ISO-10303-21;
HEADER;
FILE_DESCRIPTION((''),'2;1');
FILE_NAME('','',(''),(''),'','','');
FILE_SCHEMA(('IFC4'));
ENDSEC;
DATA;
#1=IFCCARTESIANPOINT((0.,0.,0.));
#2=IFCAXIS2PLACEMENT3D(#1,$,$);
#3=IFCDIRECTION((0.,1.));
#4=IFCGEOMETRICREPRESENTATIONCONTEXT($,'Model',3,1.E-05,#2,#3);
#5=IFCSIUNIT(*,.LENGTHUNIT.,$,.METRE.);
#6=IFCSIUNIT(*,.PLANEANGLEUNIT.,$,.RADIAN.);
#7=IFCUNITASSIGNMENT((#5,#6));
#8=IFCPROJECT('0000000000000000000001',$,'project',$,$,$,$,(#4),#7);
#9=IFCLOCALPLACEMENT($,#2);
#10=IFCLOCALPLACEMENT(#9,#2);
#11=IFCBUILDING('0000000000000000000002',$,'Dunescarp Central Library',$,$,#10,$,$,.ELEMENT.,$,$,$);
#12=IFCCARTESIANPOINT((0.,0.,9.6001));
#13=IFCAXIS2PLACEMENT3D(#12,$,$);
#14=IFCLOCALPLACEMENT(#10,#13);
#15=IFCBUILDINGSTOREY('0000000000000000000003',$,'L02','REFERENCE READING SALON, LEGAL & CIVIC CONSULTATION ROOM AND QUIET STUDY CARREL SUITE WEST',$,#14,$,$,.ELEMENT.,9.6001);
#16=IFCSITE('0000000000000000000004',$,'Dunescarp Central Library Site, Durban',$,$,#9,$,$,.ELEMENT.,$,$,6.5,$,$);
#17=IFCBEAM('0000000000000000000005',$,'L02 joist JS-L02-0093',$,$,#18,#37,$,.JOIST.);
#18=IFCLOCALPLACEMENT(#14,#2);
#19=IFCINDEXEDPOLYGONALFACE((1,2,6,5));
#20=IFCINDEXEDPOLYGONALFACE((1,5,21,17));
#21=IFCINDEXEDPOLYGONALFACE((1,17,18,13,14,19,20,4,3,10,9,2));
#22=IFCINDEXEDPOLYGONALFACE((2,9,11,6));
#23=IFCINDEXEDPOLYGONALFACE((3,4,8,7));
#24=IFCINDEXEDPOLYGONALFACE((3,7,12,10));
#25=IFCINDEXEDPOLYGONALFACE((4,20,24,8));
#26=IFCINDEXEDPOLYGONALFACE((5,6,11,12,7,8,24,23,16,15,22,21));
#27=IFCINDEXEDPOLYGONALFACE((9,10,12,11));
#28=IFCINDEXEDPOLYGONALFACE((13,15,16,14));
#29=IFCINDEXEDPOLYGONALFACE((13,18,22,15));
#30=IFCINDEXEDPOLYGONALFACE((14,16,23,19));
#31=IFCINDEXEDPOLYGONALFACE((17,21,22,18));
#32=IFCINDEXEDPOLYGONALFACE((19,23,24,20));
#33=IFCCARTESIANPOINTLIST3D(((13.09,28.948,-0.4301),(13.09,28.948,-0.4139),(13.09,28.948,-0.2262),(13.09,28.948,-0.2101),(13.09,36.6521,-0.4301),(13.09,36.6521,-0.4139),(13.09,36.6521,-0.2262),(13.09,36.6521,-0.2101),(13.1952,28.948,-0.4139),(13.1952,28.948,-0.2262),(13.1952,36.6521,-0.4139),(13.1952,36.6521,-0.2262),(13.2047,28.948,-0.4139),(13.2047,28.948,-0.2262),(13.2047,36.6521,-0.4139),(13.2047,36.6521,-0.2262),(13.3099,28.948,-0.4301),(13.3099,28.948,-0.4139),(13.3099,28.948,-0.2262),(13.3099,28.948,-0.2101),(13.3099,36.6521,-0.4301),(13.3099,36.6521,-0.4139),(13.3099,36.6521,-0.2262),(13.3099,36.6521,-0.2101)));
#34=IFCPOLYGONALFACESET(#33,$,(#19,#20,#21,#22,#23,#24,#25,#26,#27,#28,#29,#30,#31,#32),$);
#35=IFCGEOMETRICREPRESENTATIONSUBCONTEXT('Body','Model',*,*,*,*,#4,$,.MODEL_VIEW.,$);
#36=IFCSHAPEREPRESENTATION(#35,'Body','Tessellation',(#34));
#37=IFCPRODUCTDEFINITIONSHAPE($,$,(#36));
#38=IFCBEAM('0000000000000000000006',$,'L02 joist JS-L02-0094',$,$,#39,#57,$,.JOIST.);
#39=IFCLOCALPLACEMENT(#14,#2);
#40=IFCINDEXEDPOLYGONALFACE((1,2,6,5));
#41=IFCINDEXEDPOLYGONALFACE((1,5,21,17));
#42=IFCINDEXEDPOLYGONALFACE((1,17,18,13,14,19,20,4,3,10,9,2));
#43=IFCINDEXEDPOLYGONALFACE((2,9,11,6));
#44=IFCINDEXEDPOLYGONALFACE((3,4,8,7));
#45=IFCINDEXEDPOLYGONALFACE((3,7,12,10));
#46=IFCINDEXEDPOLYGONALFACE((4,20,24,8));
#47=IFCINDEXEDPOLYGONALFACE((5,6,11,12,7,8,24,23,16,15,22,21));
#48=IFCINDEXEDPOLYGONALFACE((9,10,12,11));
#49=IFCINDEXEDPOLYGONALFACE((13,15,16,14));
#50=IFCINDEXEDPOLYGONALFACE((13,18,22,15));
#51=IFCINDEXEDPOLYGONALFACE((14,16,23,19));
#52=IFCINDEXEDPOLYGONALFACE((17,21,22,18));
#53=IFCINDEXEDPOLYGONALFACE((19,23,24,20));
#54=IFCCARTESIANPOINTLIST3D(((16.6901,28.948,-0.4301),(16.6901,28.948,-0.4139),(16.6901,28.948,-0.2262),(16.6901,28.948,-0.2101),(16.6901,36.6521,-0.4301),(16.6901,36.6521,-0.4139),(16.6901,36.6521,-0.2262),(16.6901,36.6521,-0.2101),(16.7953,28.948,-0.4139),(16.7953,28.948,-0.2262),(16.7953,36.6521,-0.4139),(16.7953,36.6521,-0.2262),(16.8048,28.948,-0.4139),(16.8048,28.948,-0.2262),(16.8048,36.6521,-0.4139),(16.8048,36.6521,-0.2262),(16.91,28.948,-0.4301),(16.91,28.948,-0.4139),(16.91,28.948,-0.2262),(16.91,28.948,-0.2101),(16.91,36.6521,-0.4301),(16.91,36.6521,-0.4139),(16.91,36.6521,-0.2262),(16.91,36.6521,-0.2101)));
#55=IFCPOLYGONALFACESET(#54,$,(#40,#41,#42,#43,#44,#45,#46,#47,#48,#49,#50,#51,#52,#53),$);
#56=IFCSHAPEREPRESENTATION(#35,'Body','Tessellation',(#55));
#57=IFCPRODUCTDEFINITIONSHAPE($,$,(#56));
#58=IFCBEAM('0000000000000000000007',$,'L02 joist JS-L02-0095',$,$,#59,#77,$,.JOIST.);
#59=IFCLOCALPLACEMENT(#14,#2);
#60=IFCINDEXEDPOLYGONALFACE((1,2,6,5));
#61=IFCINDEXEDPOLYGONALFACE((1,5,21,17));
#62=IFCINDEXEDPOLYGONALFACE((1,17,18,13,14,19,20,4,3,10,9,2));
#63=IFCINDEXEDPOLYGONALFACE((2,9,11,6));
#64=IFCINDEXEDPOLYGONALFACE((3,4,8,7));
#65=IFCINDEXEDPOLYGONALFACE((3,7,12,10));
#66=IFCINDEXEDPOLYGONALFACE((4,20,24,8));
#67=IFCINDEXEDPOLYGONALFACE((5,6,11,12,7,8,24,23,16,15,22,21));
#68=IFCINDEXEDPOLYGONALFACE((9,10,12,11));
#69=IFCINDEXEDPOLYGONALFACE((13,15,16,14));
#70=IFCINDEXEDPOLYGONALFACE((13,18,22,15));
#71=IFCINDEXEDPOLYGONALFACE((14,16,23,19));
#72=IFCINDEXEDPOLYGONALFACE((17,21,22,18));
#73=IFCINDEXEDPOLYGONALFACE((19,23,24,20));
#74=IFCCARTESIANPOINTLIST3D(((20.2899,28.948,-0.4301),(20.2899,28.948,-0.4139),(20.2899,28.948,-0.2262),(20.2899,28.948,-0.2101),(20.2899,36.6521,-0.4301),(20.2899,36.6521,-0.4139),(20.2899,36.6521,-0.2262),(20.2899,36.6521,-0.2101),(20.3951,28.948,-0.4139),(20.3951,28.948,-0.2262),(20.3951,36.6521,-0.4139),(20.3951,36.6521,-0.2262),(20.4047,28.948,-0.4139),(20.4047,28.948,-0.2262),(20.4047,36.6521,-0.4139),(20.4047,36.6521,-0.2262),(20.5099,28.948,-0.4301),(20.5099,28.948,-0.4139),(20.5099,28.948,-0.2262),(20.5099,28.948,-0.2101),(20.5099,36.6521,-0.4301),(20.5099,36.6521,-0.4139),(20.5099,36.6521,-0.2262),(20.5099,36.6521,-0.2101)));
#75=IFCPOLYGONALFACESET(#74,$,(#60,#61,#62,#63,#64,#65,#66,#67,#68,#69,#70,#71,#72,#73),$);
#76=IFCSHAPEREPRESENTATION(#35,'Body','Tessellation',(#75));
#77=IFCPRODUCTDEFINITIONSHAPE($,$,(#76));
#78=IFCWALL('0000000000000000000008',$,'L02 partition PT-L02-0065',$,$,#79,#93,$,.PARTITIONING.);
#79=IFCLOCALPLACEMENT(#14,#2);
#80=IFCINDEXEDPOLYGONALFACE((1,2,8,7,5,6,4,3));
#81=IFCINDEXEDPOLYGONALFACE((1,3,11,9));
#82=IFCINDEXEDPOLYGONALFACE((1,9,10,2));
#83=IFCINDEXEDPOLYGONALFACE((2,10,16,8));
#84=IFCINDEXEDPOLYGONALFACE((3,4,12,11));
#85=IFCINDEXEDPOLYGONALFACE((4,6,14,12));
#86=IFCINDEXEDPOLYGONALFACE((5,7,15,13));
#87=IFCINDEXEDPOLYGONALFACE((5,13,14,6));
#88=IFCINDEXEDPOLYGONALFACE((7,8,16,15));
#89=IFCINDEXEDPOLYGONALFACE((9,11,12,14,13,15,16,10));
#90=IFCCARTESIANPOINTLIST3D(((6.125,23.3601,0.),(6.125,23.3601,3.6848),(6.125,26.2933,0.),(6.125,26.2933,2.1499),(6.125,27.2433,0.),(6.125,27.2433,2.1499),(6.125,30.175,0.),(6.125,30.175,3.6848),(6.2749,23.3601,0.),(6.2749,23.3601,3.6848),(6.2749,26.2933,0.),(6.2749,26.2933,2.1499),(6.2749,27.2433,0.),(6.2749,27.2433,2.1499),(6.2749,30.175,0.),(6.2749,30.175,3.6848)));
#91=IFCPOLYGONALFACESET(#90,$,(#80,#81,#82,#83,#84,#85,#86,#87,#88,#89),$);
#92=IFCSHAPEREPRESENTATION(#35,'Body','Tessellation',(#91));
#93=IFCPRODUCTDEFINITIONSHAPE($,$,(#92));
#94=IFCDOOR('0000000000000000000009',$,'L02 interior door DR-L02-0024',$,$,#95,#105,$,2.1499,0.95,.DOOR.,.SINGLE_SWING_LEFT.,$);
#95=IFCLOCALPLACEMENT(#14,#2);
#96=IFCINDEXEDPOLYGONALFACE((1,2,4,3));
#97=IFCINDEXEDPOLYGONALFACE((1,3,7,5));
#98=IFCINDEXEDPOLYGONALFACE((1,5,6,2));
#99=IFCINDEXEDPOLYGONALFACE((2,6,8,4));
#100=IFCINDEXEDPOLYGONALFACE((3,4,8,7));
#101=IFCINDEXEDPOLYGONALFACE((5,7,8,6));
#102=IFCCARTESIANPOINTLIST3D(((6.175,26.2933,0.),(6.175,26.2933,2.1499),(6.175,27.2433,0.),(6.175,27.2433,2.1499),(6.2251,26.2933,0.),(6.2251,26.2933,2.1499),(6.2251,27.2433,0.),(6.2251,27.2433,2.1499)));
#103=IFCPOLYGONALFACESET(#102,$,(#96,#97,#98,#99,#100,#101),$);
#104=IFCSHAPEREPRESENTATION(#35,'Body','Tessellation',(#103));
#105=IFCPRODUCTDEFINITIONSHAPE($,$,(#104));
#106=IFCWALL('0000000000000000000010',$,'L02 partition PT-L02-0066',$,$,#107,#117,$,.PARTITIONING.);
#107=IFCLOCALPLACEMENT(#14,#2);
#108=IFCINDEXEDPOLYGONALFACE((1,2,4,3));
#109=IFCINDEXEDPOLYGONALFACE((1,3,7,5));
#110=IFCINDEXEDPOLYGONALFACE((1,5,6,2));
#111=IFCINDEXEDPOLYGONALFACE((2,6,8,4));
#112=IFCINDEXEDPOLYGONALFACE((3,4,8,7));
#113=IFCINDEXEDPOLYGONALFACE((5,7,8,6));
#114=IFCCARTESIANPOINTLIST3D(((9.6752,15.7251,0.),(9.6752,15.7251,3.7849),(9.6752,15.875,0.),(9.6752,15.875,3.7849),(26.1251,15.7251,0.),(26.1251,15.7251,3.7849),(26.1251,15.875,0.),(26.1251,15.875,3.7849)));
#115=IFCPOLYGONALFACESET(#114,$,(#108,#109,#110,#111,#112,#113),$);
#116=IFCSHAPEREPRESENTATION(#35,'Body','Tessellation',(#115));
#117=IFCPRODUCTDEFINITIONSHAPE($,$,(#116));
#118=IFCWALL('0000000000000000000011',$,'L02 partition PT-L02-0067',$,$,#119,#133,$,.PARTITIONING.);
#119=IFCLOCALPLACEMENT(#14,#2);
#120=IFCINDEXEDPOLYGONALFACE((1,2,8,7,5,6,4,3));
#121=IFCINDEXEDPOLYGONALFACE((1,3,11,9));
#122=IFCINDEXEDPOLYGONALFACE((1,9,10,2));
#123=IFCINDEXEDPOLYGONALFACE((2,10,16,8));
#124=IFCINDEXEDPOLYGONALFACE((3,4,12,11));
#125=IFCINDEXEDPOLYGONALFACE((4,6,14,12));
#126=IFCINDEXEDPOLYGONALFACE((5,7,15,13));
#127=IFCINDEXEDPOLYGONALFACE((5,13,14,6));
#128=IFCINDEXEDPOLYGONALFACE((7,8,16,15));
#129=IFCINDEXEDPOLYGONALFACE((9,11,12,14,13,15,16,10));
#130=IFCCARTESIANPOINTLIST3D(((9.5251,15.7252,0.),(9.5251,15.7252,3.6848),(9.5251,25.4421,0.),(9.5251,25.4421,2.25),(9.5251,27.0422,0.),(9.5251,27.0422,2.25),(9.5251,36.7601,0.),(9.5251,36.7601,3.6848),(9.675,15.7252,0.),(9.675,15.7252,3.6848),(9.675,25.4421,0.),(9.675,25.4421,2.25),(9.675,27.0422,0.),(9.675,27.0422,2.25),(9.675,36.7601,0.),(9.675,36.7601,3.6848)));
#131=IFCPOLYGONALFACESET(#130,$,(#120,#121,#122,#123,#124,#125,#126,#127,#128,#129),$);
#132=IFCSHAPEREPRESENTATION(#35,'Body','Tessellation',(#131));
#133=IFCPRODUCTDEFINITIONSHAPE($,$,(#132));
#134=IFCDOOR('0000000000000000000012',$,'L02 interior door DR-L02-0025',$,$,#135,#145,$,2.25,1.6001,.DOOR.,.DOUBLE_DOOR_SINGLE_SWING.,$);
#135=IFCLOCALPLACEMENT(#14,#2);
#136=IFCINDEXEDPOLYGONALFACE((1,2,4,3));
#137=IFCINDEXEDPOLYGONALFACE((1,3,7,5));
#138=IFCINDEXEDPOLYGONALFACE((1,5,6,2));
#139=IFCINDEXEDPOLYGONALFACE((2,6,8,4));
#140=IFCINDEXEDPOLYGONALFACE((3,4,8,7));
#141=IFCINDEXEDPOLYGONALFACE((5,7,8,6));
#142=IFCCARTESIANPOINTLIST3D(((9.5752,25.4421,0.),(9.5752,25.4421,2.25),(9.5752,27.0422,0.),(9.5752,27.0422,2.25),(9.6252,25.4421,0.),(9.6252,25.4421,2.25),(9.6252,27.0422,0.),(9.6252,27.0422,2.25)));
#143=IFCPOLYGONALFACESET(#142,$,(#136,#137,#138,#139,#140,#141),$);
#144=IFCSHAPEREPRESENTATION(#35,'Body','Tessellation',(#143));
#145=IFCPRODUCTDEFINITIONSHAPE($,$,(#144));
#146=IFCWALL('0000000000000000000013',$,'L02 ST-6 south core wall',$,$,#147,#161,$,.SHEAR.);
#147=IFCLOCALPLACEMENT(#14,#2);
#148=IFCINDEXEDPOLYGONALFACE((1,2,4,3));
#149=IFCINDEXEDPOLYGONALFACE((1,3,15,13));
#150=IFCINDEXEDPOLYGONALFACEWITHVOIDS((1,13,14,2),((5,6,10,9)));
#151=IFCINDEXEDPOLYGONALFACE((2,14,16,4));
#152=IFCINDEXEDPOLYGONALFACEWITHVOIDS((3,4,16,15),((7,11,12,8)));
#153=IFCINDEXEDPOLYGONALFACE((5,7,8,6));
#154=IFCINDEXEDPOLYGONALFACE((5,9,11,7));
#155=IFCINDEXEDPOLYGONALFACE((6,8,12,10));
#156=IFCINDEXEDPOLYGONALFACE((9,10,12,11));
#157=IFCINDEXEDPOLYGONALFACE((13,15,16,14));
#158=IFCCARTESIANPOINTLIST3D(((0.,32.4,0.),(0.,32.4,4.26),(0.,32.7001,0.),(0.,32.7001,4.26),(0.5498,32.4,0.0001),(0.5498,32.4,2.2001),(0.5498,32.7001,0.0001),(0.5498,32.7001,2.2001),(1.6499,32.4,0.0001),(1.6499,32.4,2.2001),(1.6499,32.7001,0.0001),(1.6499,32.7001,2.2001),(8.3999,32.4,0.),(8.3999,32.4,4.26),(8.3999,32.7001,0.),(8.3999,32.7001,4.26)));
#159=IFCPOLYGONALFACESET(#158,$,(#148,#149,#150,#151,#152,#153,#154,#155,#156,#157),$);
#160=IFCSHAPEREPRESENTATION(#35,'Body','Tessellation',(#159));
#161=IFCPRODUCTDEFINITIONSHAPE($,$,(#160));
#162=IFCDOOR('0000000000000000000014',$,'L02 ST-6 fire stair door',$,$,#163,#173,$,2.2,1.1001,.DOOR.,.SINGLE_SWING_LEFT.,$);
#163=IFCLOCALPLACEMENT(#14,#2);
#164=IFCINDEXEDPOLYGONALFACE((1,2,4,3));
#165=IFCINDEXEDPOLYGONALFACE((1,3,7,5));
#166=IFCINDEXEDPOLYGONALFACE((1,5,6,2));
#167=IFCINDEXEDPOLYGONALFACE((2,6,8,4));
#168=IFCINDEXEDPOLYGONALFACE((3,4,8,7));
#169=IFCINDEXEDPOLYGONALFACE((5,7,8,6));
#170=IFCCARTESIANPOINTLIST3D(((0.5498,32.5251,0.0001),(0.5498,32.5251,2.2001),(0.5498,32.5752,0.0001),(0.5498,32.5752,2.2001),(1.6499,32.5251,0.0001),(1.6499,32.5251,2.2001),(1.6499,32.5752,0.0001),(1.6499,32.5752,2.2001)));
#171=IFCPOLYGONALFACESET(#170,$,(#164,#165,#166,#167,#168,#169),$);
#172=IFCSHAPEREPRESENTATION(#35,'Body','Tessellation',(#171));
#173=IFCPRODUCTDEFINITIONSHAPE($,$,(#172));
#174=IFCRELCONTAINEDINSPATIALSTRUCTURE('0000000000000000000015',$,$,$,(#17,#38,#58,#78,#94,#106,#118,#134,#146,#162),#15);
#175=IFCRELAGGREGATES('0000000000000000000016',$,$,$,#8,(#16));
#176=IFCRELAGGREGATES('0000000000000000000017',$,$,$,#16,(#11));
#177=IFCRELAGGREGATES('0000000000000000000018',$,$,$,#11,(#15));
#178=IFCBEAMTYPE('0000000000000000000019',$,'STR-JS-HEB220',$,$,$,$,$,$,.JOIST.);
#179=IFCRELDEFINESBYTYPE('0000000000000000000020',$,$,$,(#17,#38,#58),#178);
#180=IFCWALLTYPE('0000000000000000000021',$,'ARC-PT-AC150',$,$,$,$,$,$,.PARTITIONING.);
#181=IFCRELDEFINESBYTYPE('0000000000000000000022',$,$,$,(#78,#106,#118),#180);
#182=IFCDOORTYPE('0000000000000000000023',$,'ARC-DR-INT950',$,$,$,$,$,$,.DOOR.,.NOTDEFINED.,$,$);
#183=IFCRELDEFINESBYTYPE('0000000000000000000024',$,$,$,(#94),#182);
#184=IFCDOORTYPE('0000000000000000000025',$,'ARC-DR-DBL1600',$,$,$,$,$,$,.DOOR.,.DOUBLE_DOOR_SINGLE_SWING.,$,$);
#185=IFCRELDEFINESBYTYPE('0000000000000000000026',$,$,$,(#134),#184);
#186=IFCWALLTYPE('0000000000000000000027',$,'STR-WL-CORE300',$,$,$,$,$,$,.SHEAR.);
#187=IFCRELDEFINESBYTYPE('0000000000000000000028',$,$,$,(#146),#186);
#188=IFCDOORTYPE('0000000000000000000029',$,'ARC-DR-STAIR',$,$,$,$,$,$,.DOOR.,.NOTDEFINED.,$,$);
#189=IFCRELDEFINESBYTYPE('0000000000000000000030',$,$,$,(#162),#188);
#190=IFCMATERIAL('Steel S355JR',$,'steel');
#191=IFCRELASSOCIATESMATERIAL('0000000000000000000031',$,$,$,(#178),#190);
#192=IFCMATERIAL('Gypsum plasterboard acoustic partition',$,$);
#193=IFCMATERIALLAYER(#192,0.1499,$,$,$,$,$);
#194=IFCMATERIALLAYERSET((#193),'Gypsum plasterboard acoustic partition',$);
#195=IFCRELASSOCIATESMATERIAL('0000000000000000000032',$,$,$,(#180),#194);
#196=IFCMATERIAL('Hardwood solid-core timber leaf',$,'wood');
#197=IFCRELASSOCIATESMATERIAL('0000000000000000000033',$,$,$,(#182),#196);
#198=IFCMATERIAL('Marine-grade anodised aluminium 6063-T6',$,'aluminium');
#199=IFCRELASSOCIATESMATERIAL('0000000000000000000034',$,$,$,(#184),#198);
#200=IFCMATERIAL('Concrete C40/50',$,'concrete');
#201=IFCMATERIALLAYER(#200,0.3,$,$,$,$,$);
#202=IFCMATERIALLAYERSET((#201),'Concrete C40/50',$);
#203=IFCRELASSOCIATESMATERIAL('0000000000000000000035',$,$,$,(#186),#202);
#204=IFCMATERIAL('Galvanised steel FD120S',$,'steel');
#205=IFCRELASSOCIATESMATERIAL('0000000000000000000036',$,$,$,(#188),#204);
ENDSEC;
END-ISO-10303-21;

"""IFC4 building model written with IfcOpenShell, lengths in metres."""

from ifc_helpers import new_model, si_unit, direction, frame, frame_2d, origin, origin_2d, place, context, subcontext, project, spatial, rectangle, i_section, extrude, material, layer, layer_set, material_profile, profile_set, type_object, element, fill, save


model = new_model("IFC4")

# Units and contexts
model_context = context("Model", 3, precision=1e-05, world=origin(), true_north=direction((0.0, 1.0)))
body_context = subcontext(model_context, "Body", "Model", "MODEL_VIEW")
ifc_project = project(units=[si_unit("LENGTHUNIT", "METRE"), si_unit("PLANEANGLEUNIT", "RADIAN")], contexts=[model_context])

# Site, building, storey
site_placement = place(None, origin())
site = spatial("IfcSite", under=ifc_project, at=site_placement, Name="Dunescarp Central Library Site, Durban", CompositionType="ELEMENT", RefElevation=6.5)
building_placement = place(site_placement, origin())
building = spatial("IfcBuilding", under=site, at=building_placement, Name="Dunescarp Central Library", CompositionType="ELEMENT")
storey_placement = place(building_placement, frame((0.0, 0.0, 9.6001)))
storey = spatial("IfcBuildingStorey", under=building, at=storey_placement, Name="L02", Description="REFERENCE READING SALON, LEGAL & CIVIC CONSULTATION ROOM AND QUIET STUDY CARREL SUITE WEST", CompositionType="ELEMENT", Elevation=9.6001)

# Shared definitions
ifc_material_1 = material(Name="Steel S355JR", Category="steel")

# Shared definitions
ifc_material_2 = material(Name="Marine-grade anodised aluminium 6063-T6", Category="aluminium")

# Beams
ifc_material_profile_1 = material_profile(ifc_material_1, i_section(OverallWidth=0.22, OverallDepth=0.22, WebThickness=0.0095, FlangeThickness=0.0161, at=origin_2d()), Name="HEB 220")
ifc_profile_set_1 = profile_set([ifc_material_profile_1], Name="Steel S355JR")
beam_type_1 = type_object("IfcBeamType", Name="STR-JS-HEB220", PredefinedType="JOIST", material=ifc_profile_set_1)
for number, where, z_axis, x_axis, name in (
    (1, (13.2, 28.948, -0.3201), (0.0, 1.0, 0.0), (-1.0, 0.0, 0.0), "L02 joist JS-L02-0093"),
    (2, (16.8, 28.948, -0.3201), (0.0, 1.0, 0.0), (-1.0, 0.0, 0.0), "L02 joist JS-L02-0094"),
    (3, (20.3999, 28.948, -0.3201), (0.0, 1.0, 0.0), (-1.0, 0.0, 0.0), "L02 joist JS-L02-0095"),
):
    element("IfcBeam", number, at=place(storey_placement, frame(where, z_axis=z_axis, x_axis=x_axis)), inside=storey, type_object=beam_type_1, Name=name, PredefinedType="JOIST", context=body_context, shape_type="SweptSolid", body=[
        extrude(i_section(OverallWidth=0.22, OverallDepth=0.22, WebThickness=0.0095, FlangeThickness=0.0161, at=origin_2d()), origin(), (0.0, 0.0, 1.0), 7.7041),
    ])

# Wall, opening, door
ifc_material_3 = material(Name="Gypsum plasterboard acoustic partition")
ifc_layer_1 = layer(ifc_material_3, 0.1499)
ifc_layer_set_1 = layer_set([ifc_layer_1], Name="Gypsum plasterboard acoustic partition")
wall_type_1 = type_object("IfcWallType", Name="ARC-PT-AC150", PredefinedType="PARTITIONING", material=ifc_layer_set_1)
wall_1_placement = place(storey_placement, frame((6.2, 23.3601, 0.0), z_axis=(0.0, 0.0, 1.0), x_axis=(0.0, 1.0, 0.0)))
wall_1 = element("IfcWall", 4, at=wall_1_placement, inside=storey, type_object=wall_type_1, Name="L02 partition PT-L02-0065", PredefinedType="PARTITIONING", context=body_context, shape_type="SweptSolid", body=[
    extrude(rectangle(XDim=6.8149, YDim=0.1499, at=frame_2d((3.4075, 0.0))), origin(), (0.0, 0.0, 1.0), 3.6848),
])
opening_1_placement = place(wall_1_placement, frame((2.9331, 0.0, 0.0)))
opening_1 = element("IfcOpeningElement", 5, at=opening_1_placement, cuts=wall_1, PredefinedType="OPENING", context=body_context, shape_type="SweptSolid", body=[
    extrude(rectangle(XDim=0.95, YDim=2.1499, at=frame_2d((0.4751, 1.075))), frame((0.0, 0.085, 0.0), z_axis=(0.0, -1.0, 0.0), x_axis=(1.0, 0.0, 0.0)), (0.0, 0.0, 1.0), 0.1699),
])
ifc_material_4 = material(Name="Hardwood solid-core timber leaf", Category="wood")
door_type_1 = type_object("IfcDoorType", Name="ARC-DR-INT950", OperationType="NOTDEFINED", PredefinedType="DOOR", material=ifc_material_4)
door_1_placement = place(opening_1_placement, origin())
door_1 = element("IfcDoor", 6, at=door_1_placement, inside=storey, type_object=door_type_1, Name="L02 interior door DR-L02-0024", OperationType="SINGLE_SWING_LEFT", OverallHeight=2.1499, OverallWidth=0.95, PredefinedType="DOOR", context=body_context, shape_type="SweptSolid", body=[
    extrude(rectangle(XDim=0.95, YDim=2.1499, at=frame_2d((0.4751, 1.075))), frame((0.0, 0.0249, 0.0), z_axis=(0.0, -1.0, 0.0), x_axis=(1.0, 0.0, 0.0)), (0.0, 0.0, 1.0), 0.05),
])
fill(opening_1, door_1)

# Wall
wall_2_placement = place(storey_placement, frame((9.675, 15.8, 0.0), z_axis=(0.0, 0.0, 1.0), x_axis=(1.0, 0.0, 0.0)))
element("IfcWall", 7, at=wall_2_placement, inside=storey, type_object=wall_type_1, Name="L02 partition PT-L02-0066", PredefinedType="PARTITIONING", context=body_context, shape_type="SweptSolid", body=[
    extrude(rectangle(XDim=16.45, YDim=0.1499, at=frame_2d((8.2251, 0.0))), origin(), (0.0, 0.0, 1.0), 3.7849),
])

# Walls, openings, doors
wall_3_placement = place(storey_placement, frame((9.6001, 15.7251, 0.0), z_axis=(0.0, 0.0, 1.0), x_axis=(0.0, 1.0, 0.0)))
wall_3 = element("IfcWall", 8, at=wall_3_placement, inside=storey, type_object=wall_type_1, Name="L02 partition PT-L02-0067", PredefinedType="PARTITIONING", context=body_context, shape_type="SweptSolid", body=[
    extrude(rectangle(XDim=21.0349, YDim=0.1499, at=frame_2d((10.5176, 0.0))), origin(), (0.0, 0.0, 1.0), 3.6848),
])
opening_2_placement = place(wall_3_placement, frame((9.717, 0.0, 0.0)))
opening_2 = element("IfcOpeningElement", 9, at=opening_2_placement, cuts=wall_3, PredefinedType="OPENING", context=body_context, shape_type="SweptSolid", body=[
    extrude(rectangle(XDim=1.6001, YDim=2.25, at=frame_2d((0.8, 1.125))), frame((0.0, 0.085, 0.0), z_axis=(0.0, -1.0, 0.0), x_axis=(1.0, 0.0, 0.0)), (0.0, 0.0, 1.0), 0.1699),
])
door_type_2 = type_object("IfcDoorType", Name="ARC-DR-DBL1600", OperationType="DOUBLE_DOOR_SINGLE_SWING", PredefinedType="DOOR", material=ifc_material_2)
door_2_placement = place(opening_2_placement, origin())
door_2 = element("IfcDoor", 10, at=door_2_placement, inside=storey, type_object=door_type_2, Name="L02 interior door DR-L02-0025", OperationType="DOUBLE_DOOR_SINGLE_SWING", OverallHeight=2.25, OverallWidth=1.6001, PredefinedType="DOOR", context=body_context, shape_type="SweptSolid", body=[
    extrude(rectangle(XDim=1.6001, YDim=2.25, at=frame_2d((0.8, 1.125))), frame((0.0, 0.0249, 0.0), z_axis=(0.0, -1.0, 0.0), x_axis=(1.0, 0.0, 0.0)), (0.0, 0.0, 1.0), 0.05),
])
fill(opening_2, door_2)
ifc_material_5 = material(Name="Concrete C40/50", Category="concrete")
ifc_layer_2 = layer(ifc_material_5, 0.3)
ifc_layer_set_2 = layer_set([ifc_layer_2], Name="Concrete C40/50")
wall_type_2 = type_object("IfcWallType", Name="STR-WL-CORE300", PredefinedType="SHEAR", material=ifc_layer_set_2)
wall_4_placement = place(storey_placement, frame((8.3999, 32.55, 0.0), z_axis=(0.0, 0.0, 1.0), x_axis=(-1.0, 0.0, 0.0)))
wall_4 = element("IfcWall", 11, at=wall_4_placement, inside=storey, type_object=wall_type_2, Name="L02 ST-6 south core wall", PredefinedType="SHEAR", context=body_context, shape_type="SweptSolid", body=[
    extrude(rectangle(XDim=8.3999, YDim=0.3, at=frame_2d((4.2, 0.0))), origin(), (0.0, 0.0, 1.0), 4.26),
])
opening_3_placement = place(wall_4_placement, frame((6.75, 0.0, 0.0)))
opening_3 = element("IfcOpeningElement", 12, at=opening_3_placement, cuts=wall_4, PredefinedType="OPENING", context=body_context, shape_type="SweptSolid", body=[
    extrude(rectangle(XDim=1.1001, YDim=2.2, at=frame_2d((0.55, 1.1001))), frame((0.0, 0.1602, 0.0), z_axis=(0.0, -1.0, 0.0), x_axis=(1.0, 0.0, 0.0)), (0.0, 0.0, 1.0), 0.3201),
])
ifc_material_6 = material(Name="Galvanised steel FD120S", Category="steel")
door_type_3 = type_object("IfcDoorType", Name="ARC-DR-STAIR", OperationType="NOTDEFINED", PredefinedType="DOOR", material=ifc_material_6)
door_3_placement = place(opening_3_placement, origin())
door_3 = element("IfcDoor", 13, at=door_3_placement, inside=storey, type_object=door_type_3, Name="L02 ST-6 fire stair door", OperationType="SINGLE_SWING_LEFT", OverallHeight=2.2, OverallWidth=1.1001, PredefinedType="DOOR", context=body_context, shape_type="SweptSolid", body=[
    extrude(rectangle(XDim=1.1001, YDim=2.2, at=frame_2d((0.55, 1.1001))), frame((0.0, 0.0249, 0.0), z_axis=(0.0, -1.0, 0.0), x_axis=(1.0, 0.0, 0.0)), (0.0, 0.0, 1.0), 0.05),
])
fill(opening_3, door_3)

save(model, "model.ifc")
